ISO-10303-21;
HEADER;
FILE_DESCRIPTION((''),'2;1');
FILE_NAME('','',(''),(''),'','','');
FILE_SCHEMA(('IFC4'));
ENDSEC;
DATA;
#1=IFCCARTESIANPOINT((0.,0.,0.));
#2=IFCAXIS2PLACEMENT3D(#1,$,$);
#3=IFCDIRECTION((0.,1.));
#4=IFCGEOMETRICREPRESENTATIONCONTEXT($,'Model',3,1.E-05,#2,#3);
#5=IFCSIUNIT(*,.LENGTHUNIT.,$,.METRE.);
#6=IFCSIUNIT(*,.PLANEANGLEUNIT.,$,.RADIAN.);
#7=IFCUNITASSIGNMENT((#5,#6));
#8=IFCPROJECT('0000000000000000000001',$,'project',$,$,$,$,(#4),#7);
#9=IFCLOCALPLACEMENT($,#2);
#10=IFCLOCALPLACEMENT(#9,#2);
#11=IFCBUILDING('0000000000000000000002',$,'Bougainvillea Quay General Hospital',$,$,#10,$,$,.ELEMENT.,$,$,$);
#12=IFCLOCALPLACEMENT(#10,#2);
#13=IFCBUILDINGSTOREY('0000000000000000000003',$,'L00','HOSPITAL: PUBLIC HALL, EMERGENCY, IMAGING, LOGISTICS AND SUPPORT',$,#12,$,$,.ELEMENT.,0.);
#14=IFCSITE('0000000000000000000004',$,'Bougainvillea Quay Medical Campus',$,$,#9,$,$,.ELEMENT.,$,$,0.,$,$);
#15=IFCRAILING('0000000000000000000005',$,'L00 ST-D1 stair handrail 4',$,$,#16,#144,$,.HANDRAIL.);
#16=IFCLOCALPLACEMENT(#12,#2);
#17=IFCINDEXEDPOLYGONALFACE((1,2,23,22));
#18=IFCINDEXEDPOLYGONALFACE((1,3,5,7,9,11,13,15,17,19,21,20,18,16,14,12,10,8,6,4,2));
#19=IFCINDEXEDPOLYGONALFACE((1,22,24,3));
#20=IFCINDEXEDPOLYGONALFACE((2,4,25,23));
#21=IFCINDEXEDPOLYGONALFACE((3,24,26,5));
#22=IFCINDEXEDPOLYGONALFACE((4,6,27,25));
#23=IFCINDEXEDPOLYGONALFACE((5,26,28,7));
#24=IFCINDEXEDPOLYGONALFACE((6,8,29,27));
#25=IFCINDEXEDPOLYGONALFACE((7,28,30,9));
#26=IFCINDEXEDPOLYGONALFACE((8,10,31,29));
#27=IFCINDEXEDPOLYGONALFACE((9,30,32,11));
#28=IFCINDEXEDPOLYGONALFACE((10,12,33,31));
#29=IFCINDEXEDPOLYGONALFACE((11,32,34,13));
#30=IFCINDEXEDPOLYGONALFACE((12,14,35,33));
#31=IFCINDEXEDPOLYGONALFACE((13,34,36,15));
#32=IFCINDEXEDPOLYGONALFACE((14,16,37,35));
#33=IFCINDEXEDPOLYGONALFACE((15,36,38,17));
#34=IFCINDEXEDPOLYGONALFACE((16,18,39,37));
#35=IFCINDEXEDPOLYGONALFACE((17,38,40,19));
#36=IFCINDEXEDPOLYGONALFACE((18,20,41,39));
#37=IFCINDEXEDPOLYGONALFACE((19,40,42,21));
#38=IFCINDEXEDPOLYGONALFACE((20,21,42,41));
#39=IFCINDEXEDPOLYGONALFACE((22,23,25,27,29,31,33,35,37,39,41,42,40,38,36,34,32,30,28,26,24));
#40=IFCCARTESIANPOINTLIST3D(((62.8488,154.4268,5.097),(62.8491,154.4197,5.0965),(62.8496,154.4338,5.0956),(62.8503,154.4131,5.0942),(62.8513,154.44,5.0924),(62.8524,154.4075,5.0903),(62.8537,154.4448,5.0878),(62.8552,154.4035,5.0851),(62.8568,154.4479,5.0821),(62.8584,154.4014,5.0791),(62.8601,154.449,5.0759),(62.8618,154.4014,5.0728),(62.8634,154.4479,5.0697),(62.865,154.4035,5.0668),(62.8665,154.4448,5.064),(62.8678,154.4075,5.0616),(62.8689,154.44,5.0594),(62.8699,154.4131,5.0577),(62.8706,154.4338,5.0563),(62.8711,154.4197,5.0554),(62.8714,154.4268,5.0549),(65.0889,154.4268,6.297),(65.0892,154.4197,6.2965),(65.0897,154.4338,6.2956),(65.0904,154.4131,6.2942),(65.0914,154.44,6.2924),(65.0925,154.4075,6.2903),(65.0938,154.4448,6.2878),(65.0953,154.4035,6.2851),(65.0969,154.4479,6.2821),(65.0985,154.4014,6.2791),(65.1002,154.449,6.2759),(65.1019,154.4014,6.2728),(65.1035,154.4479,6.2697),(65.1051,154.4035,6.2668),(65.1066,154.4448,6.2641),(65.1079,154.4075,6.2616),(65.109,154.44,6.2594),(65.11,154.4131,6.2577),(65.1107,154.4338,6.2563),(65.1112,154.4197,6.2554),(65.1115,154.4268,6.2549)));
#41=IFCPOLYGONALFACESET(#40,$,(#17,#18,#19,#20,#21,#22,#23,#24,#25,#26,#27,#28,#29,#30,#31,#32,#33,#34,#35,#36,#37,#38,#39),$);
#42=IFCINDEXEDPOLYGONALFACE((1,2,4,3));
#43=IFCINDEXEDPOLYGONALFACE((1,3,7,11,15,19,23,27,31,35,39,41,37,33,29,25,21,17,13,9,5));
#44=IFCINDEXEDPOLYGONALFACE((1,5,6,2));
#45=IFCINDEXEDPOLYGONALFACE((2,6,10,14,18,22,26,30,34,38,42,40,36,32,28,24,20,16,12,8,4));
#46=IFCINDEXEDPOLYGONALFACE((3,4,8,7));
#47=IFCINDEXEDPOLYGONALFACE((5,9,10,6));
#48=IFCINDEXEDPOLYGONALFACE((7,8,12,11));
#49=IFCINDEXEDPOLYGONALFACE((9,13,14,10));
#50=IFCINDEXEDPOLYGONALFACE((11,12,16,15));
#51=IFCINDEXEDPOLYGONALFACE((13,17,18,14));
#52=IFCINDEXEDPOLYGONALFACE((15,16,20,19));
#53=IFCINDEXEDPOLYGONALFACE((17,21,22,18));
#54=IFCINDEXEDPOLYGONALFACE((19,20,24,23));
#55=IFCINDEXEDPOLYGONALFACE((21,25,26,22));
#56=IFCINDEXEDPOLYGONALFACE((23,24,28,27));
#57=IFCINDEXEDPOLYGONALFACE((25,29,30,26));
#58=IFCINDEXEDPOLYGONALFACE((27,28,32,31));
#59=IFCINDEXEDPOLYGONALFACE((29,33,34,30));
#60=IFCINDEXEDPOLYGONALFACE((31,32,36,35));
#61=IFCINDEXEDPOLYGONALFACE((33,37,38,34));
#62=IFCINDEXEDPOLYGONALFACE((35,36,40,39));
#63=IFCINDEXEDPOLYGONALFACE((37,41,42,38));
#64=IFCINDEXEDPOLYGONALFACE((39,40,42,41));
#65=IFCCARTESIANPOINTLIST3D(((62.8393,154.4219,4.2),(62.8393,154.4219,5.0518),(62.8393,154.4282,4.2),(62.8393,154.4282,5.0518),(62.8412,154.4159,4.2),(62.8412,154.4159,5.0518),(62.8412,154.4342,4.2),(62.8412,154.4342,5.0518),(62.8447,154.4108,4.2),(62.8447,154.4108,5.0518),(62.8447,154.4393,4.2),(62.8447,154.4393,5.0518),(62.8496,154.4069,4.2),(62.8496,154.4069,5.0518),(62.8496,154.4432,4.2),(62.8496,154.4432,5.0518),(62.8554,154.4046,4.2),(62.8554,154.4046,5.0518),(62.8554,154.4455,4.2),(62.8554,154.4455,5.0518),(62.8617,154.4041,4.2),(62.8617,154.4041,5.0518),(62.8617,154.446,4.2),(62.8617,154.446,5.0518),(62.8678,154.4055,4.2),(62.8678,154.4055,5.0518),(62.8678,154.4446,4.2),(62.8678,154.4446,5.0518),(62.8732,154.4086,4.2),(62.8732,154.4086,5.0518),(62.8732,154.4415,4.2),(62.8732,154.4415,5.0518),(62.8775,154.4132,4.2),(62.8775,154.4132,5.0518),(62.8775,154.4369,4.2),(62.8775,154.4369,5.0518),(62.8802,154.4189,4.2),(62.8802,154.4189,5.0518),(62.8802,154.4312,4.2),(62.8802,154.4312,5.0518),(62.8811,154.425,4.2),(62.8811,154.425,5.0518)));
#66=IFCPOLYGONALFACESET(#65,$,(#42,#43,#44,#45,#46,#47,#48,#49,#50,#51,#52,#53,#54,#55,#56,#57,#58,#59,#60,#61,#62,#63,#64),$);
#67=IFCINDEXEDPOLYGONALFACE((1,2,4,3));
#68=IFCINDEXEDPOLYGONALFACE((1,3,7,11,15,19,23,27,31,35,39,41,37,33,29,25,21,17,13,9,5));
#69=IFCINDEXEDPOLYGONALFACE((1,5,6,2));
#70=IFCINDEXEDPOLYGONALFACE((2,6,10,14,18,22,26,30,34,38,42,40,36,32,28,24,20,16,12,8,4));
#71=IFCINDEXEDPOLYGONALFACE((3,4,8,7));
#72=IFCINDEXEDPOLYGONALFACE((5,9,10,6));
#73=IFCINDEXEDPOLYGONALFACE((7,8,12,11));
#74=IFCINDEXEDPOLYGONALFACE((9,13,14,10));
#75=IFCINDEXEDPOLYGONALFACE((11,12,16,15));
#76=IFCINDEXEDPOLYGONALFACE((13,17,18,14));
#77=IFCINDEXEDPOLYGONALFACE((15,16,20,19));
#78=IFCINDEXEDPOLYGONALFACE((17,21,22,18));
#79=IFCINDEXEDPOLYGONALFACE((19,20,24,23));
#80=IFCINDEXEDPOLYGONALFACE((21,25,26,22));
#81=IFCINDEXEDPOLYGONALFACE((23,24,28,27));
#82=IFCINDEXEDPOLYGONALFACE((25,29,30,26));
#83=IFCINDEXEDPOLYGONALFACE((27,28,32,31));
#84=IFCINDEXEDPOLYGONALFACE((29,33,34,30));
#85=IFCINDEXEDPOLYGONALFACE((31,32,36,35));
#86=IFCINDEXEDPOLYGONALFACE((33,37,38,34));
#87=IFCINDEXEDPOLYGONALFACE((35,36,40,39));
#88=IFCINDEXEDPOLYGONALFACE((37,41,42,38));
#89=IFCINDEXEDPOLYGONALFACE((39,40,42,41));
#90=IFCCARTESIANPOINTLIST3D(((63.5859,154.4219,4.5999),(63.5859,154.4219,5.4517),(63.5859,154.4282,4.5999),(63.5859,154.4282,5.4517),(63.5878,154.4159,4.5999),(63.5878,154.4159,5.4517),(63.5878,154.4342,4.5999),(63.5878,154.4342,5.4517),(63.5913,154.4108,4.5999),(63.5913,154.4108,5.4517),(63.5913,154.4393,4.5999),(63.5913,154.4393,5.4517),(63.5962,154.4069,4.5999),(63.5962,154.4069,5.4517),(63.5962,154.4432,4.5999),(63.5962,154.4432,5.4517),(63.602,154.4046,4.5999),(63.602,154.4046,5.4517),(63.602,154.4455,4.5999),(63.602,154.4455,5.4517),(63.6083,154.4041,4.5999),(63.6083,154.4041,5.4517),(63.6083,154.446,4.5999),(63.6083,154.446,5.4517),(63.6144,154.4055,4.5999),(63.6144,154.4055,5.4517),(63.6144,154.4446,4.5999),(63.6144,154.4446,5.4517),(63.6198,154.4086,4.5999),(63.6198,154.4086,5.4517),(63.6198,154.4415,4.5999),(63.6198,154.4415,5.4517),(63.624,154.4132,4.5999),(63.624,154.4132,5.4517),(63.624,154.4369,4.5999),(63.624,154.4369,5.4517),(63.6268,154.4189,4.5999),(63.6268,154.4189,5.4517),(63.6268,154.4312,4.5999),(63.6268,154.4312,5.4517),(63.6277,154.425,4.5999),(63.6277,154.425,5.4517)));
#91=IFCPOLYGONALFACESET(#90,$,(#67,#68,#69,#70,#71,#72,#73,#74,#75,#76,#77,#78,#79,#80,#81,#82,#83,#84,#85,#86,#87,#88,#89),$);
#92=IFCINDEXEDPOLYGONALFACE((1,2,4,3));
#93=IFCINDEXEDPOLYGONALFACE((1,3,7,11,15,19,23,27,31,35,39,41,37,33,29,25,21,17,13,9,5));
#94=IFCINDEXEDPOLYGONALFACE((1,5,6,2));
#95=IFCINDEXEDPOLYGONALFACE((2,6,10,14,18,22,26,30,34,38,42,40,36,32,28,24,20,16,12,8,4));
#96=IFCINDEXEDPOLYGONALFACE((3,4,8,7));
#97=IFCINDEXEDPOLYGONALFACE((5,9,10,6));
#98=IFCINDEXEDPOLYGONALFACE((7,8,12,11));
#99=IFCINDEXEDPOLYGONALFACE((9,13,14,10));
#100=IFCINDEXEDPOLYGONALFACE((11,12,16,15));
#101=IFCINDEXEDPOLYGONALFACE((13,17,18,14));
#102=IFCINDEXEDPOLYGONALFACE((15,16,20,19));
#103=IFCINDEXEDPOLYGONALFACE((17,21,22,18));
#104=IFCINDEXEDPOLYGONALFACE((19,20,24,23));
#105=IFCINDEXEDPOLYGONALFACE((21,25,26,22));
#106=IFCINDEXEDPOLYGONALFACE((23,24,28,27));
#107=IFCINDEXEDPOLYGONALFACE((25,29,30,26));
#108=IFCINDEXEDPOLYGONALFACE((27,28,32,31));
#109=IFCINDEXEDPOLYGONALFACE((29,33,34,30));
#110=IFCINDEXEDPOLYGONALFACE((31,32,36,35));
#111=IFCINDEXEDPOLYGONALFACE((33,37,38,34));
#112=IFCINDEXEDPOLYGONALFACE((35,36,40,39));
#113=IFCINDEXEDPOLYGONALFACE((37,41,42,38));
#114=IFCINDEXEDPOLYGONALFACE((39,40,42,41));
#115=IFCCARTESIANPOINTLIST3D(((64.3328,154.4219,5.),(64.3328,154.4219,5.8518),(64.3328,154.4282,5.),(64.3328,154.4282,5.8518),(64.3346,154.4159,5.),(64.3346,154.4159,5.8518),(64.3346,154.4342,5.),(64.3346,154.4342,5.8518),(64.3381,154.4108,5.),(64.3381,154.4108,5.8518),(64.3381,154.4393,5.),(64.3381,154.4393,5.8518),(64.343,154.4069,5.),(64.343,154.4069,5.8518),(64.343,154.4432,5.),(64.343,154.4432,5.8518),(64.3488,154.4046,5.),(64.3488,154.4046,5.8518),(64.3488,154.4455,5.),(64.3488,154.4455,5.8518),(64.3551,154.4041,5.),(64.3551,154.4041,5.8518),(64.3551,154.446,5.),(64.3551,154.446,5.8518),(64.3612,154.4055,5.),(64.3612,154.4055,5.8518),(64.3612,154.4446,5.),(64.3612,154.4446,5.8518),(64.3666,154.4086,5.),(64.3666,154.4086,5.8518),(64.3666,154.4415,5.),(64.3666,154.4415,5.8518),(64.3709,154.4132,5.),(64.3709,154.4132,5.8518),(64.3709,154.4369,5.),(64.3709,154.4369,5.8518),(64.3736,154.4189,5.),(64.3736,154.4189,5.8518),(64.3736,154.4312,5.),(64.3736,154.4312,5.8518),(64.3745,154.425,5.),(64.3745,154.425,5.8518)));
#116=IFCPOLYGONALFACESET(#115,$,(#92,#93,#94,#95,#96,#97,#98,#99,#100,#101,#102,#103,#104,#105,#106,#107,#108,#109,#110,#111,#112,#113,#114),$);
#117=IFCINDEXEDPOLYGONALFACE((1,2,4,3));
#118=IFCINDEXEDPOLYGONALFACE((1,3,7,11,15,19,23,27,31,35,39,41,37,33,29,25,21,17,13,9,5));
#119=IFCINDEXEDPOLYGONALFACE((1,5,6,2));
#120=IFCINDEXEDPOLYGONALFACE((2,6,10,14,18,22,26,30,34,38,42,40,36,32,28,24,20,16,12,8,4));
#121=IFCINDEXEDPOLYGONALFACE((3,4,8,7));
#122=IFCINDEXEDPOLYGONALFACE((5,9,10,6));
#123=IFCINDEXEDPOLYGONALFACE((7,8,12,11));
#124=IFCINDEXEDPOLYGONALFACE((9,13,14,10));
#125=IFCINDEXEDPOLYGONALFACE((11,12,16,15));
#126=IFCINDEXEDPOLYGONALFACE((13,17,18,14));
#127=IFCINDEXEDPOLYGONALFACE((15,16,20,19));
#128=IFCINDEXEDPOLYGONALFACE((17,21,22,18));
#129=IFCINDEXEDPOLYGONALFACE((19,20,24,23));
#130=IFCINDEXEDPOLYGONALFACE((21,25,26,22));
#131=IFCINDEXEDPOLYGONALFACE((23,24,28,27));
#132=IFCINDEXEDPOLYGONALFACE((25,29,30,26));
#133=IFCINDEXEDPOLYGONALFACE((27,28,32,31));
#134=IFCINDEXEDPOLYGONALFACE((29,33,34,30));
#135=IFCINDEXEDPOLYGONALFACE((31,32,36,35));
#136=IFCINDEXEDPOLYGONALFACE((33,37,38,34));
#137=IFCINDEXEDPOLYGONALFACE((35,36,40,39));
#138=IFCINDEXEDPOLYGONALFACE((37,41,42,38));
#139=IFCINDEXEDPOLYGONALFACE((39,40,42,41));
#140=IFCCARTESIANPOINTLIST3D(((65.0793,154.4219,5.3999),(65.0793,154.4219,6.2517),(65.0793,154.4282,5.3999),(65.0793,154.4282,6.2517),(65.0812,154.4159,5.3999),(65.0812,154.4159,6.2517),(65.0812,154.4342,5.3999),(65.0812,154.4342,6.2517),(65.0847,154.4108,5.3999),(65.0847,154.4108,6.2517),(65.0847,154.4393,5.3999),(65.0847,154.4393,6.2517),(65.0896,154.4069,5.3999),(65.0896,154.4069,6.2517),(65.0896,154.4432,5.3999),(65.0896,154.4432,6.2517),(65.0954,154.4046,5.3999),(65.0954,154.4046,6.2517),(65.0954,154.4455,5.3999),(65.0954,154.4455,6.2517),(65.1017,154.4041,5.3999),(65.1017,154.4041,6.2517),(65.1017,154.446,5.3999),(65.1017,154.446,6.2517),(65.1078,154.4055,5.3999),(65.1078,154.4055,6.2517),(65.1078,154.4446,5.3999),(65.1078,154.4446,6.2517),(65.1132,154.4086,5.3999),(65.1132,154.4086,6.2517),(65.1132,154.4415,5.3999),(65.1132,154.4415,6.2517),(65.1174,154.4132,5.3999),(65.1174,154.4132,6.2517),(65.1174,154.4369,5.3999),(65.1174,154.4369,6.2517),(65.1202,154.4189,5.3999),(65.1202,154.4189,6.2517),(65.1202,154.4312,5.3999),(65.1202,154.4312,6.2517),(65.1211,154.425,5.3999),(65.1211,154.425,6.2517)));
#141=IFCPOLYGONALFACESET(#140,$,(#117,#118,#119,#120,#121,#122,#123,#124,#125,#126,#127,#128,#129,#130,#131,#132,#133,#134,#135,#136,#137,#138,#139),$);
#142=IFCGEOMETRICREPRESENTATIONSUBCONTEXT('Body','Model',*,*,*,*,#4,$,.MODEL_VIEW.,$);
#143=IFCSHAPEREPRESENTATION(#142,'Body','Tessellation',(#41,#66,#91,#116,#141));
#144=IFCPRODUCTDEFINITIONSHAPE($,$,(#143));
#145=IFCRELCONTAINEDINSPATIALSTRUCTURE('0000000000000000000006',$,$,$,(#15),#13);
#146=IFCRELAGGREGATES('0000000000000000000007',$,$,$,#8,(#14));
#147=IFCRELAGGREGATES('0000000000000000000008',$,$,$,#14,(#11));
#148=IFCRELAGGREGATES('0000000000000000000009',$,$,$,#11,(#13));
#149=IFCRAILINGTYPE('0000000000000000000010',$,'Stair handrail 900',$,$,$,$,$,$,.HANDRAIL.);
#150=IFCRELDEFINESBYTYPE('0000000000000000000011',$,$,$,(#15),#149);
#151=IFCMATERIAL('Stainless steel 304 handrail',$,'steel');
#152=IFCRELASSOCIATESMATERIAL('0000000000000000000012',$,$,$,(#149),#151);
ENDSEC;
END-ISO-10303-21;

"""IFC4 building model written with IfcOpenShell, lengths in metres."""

from ifc_helpers import new_model, si_unit, direction, frame, origin, origin_2d, place, context, subcontext, project, spatial, circle, extrude, material, type_object, element, save


model = new_model("IFC4")

# Units and contexts
model_context = context("Model", 3, precision=1e-05, world=origin(), true_north=direction((0.0, 1.0)))
body_context = subcontext(model_context, "Body", "Model", "MODEL_VIEW")
ifc_project = project(units=[si_unit("LENGTHUNIT", "METRE"), si_unit("PLANEANGLEUNIT", "RADIAN")], contexts=[model_context])

# Site, building, storey
site_placement = place(None, origin())
site = spatial("IfcSite", under=ifc_project, at=site_placement, Name="Bougainvillea Quay Medical Campus", CompositionType="ELEMENT", RefElevation=0.0)
building_placement = place(site_placement, origin())
building = spatial("IfcBuilding", under=site, at=building_placement, Name="Bougainvillea Quay General Hospital", CompositionType="ELEMENT")
storey_placement = place(building_placement, origin())
storey = spatial("IfcBuildingStorey", under=building, at=storey_placement, Name="L00", Description="HOSPITAL: PUBLIC HALL, EMERGENCY, IMAGING, LOGISTICS AND SUPPORT", CompositionType="ELEMENT", Elevation=0.0)

# Railing
ifc_material_1 = material(Name="Stainless steel 304 handrail", Category="steel")
railing_type_1 = type_object("IfcRailingType", Name="Stair handrail 900", PredefinedType="HANDRAIL", material=ifc_material_1)
railing_1_placement = place(storey_placement, frame((62.8601, 154.425, 4.2)))
element("IfcRailing", 1, at=railing_1_placement, inside=storey, type_object=railing_type_1, Name="L00 ST-D1 stair handrail 4", PredefinedType="HANDRAIL", context=body_context, shape_type="SweptSolid", body=[
    extrude(circle(Radius=0.0239, at=origin_2d()), frame((0.0, 0.0, 0.876), z_axis=(0.881487, 0.0, 0.472208), x_axis=(0.0, 1.0, 0.0)), (0.0, 0.0, 1.0), 2.5413),
    extrude(circle(Radius=0.021, at=origin_2d()), origin(), (0.0, 0.0, 1.0), 0.8518),
    extrude(circle(Radius=0.021, at=origin_2d()), frame((0.7466, 0.0, 0.3999)), (0.0, 0.0, 1.0), 0.8518),
    extrude(circle(Radius=0.021, at=origin_2d()), frame((1.4934, 0.0, 0.8)), (0.0, 0.0, 1.0), 0.8518),
    extrude(circle(Radius=0.021, at=origin_2d()), frame((2.24, 0.0, 1.2)), (0.0, 0.0, 1.0), 0.8518),
])

save(model, "model.ifc")
